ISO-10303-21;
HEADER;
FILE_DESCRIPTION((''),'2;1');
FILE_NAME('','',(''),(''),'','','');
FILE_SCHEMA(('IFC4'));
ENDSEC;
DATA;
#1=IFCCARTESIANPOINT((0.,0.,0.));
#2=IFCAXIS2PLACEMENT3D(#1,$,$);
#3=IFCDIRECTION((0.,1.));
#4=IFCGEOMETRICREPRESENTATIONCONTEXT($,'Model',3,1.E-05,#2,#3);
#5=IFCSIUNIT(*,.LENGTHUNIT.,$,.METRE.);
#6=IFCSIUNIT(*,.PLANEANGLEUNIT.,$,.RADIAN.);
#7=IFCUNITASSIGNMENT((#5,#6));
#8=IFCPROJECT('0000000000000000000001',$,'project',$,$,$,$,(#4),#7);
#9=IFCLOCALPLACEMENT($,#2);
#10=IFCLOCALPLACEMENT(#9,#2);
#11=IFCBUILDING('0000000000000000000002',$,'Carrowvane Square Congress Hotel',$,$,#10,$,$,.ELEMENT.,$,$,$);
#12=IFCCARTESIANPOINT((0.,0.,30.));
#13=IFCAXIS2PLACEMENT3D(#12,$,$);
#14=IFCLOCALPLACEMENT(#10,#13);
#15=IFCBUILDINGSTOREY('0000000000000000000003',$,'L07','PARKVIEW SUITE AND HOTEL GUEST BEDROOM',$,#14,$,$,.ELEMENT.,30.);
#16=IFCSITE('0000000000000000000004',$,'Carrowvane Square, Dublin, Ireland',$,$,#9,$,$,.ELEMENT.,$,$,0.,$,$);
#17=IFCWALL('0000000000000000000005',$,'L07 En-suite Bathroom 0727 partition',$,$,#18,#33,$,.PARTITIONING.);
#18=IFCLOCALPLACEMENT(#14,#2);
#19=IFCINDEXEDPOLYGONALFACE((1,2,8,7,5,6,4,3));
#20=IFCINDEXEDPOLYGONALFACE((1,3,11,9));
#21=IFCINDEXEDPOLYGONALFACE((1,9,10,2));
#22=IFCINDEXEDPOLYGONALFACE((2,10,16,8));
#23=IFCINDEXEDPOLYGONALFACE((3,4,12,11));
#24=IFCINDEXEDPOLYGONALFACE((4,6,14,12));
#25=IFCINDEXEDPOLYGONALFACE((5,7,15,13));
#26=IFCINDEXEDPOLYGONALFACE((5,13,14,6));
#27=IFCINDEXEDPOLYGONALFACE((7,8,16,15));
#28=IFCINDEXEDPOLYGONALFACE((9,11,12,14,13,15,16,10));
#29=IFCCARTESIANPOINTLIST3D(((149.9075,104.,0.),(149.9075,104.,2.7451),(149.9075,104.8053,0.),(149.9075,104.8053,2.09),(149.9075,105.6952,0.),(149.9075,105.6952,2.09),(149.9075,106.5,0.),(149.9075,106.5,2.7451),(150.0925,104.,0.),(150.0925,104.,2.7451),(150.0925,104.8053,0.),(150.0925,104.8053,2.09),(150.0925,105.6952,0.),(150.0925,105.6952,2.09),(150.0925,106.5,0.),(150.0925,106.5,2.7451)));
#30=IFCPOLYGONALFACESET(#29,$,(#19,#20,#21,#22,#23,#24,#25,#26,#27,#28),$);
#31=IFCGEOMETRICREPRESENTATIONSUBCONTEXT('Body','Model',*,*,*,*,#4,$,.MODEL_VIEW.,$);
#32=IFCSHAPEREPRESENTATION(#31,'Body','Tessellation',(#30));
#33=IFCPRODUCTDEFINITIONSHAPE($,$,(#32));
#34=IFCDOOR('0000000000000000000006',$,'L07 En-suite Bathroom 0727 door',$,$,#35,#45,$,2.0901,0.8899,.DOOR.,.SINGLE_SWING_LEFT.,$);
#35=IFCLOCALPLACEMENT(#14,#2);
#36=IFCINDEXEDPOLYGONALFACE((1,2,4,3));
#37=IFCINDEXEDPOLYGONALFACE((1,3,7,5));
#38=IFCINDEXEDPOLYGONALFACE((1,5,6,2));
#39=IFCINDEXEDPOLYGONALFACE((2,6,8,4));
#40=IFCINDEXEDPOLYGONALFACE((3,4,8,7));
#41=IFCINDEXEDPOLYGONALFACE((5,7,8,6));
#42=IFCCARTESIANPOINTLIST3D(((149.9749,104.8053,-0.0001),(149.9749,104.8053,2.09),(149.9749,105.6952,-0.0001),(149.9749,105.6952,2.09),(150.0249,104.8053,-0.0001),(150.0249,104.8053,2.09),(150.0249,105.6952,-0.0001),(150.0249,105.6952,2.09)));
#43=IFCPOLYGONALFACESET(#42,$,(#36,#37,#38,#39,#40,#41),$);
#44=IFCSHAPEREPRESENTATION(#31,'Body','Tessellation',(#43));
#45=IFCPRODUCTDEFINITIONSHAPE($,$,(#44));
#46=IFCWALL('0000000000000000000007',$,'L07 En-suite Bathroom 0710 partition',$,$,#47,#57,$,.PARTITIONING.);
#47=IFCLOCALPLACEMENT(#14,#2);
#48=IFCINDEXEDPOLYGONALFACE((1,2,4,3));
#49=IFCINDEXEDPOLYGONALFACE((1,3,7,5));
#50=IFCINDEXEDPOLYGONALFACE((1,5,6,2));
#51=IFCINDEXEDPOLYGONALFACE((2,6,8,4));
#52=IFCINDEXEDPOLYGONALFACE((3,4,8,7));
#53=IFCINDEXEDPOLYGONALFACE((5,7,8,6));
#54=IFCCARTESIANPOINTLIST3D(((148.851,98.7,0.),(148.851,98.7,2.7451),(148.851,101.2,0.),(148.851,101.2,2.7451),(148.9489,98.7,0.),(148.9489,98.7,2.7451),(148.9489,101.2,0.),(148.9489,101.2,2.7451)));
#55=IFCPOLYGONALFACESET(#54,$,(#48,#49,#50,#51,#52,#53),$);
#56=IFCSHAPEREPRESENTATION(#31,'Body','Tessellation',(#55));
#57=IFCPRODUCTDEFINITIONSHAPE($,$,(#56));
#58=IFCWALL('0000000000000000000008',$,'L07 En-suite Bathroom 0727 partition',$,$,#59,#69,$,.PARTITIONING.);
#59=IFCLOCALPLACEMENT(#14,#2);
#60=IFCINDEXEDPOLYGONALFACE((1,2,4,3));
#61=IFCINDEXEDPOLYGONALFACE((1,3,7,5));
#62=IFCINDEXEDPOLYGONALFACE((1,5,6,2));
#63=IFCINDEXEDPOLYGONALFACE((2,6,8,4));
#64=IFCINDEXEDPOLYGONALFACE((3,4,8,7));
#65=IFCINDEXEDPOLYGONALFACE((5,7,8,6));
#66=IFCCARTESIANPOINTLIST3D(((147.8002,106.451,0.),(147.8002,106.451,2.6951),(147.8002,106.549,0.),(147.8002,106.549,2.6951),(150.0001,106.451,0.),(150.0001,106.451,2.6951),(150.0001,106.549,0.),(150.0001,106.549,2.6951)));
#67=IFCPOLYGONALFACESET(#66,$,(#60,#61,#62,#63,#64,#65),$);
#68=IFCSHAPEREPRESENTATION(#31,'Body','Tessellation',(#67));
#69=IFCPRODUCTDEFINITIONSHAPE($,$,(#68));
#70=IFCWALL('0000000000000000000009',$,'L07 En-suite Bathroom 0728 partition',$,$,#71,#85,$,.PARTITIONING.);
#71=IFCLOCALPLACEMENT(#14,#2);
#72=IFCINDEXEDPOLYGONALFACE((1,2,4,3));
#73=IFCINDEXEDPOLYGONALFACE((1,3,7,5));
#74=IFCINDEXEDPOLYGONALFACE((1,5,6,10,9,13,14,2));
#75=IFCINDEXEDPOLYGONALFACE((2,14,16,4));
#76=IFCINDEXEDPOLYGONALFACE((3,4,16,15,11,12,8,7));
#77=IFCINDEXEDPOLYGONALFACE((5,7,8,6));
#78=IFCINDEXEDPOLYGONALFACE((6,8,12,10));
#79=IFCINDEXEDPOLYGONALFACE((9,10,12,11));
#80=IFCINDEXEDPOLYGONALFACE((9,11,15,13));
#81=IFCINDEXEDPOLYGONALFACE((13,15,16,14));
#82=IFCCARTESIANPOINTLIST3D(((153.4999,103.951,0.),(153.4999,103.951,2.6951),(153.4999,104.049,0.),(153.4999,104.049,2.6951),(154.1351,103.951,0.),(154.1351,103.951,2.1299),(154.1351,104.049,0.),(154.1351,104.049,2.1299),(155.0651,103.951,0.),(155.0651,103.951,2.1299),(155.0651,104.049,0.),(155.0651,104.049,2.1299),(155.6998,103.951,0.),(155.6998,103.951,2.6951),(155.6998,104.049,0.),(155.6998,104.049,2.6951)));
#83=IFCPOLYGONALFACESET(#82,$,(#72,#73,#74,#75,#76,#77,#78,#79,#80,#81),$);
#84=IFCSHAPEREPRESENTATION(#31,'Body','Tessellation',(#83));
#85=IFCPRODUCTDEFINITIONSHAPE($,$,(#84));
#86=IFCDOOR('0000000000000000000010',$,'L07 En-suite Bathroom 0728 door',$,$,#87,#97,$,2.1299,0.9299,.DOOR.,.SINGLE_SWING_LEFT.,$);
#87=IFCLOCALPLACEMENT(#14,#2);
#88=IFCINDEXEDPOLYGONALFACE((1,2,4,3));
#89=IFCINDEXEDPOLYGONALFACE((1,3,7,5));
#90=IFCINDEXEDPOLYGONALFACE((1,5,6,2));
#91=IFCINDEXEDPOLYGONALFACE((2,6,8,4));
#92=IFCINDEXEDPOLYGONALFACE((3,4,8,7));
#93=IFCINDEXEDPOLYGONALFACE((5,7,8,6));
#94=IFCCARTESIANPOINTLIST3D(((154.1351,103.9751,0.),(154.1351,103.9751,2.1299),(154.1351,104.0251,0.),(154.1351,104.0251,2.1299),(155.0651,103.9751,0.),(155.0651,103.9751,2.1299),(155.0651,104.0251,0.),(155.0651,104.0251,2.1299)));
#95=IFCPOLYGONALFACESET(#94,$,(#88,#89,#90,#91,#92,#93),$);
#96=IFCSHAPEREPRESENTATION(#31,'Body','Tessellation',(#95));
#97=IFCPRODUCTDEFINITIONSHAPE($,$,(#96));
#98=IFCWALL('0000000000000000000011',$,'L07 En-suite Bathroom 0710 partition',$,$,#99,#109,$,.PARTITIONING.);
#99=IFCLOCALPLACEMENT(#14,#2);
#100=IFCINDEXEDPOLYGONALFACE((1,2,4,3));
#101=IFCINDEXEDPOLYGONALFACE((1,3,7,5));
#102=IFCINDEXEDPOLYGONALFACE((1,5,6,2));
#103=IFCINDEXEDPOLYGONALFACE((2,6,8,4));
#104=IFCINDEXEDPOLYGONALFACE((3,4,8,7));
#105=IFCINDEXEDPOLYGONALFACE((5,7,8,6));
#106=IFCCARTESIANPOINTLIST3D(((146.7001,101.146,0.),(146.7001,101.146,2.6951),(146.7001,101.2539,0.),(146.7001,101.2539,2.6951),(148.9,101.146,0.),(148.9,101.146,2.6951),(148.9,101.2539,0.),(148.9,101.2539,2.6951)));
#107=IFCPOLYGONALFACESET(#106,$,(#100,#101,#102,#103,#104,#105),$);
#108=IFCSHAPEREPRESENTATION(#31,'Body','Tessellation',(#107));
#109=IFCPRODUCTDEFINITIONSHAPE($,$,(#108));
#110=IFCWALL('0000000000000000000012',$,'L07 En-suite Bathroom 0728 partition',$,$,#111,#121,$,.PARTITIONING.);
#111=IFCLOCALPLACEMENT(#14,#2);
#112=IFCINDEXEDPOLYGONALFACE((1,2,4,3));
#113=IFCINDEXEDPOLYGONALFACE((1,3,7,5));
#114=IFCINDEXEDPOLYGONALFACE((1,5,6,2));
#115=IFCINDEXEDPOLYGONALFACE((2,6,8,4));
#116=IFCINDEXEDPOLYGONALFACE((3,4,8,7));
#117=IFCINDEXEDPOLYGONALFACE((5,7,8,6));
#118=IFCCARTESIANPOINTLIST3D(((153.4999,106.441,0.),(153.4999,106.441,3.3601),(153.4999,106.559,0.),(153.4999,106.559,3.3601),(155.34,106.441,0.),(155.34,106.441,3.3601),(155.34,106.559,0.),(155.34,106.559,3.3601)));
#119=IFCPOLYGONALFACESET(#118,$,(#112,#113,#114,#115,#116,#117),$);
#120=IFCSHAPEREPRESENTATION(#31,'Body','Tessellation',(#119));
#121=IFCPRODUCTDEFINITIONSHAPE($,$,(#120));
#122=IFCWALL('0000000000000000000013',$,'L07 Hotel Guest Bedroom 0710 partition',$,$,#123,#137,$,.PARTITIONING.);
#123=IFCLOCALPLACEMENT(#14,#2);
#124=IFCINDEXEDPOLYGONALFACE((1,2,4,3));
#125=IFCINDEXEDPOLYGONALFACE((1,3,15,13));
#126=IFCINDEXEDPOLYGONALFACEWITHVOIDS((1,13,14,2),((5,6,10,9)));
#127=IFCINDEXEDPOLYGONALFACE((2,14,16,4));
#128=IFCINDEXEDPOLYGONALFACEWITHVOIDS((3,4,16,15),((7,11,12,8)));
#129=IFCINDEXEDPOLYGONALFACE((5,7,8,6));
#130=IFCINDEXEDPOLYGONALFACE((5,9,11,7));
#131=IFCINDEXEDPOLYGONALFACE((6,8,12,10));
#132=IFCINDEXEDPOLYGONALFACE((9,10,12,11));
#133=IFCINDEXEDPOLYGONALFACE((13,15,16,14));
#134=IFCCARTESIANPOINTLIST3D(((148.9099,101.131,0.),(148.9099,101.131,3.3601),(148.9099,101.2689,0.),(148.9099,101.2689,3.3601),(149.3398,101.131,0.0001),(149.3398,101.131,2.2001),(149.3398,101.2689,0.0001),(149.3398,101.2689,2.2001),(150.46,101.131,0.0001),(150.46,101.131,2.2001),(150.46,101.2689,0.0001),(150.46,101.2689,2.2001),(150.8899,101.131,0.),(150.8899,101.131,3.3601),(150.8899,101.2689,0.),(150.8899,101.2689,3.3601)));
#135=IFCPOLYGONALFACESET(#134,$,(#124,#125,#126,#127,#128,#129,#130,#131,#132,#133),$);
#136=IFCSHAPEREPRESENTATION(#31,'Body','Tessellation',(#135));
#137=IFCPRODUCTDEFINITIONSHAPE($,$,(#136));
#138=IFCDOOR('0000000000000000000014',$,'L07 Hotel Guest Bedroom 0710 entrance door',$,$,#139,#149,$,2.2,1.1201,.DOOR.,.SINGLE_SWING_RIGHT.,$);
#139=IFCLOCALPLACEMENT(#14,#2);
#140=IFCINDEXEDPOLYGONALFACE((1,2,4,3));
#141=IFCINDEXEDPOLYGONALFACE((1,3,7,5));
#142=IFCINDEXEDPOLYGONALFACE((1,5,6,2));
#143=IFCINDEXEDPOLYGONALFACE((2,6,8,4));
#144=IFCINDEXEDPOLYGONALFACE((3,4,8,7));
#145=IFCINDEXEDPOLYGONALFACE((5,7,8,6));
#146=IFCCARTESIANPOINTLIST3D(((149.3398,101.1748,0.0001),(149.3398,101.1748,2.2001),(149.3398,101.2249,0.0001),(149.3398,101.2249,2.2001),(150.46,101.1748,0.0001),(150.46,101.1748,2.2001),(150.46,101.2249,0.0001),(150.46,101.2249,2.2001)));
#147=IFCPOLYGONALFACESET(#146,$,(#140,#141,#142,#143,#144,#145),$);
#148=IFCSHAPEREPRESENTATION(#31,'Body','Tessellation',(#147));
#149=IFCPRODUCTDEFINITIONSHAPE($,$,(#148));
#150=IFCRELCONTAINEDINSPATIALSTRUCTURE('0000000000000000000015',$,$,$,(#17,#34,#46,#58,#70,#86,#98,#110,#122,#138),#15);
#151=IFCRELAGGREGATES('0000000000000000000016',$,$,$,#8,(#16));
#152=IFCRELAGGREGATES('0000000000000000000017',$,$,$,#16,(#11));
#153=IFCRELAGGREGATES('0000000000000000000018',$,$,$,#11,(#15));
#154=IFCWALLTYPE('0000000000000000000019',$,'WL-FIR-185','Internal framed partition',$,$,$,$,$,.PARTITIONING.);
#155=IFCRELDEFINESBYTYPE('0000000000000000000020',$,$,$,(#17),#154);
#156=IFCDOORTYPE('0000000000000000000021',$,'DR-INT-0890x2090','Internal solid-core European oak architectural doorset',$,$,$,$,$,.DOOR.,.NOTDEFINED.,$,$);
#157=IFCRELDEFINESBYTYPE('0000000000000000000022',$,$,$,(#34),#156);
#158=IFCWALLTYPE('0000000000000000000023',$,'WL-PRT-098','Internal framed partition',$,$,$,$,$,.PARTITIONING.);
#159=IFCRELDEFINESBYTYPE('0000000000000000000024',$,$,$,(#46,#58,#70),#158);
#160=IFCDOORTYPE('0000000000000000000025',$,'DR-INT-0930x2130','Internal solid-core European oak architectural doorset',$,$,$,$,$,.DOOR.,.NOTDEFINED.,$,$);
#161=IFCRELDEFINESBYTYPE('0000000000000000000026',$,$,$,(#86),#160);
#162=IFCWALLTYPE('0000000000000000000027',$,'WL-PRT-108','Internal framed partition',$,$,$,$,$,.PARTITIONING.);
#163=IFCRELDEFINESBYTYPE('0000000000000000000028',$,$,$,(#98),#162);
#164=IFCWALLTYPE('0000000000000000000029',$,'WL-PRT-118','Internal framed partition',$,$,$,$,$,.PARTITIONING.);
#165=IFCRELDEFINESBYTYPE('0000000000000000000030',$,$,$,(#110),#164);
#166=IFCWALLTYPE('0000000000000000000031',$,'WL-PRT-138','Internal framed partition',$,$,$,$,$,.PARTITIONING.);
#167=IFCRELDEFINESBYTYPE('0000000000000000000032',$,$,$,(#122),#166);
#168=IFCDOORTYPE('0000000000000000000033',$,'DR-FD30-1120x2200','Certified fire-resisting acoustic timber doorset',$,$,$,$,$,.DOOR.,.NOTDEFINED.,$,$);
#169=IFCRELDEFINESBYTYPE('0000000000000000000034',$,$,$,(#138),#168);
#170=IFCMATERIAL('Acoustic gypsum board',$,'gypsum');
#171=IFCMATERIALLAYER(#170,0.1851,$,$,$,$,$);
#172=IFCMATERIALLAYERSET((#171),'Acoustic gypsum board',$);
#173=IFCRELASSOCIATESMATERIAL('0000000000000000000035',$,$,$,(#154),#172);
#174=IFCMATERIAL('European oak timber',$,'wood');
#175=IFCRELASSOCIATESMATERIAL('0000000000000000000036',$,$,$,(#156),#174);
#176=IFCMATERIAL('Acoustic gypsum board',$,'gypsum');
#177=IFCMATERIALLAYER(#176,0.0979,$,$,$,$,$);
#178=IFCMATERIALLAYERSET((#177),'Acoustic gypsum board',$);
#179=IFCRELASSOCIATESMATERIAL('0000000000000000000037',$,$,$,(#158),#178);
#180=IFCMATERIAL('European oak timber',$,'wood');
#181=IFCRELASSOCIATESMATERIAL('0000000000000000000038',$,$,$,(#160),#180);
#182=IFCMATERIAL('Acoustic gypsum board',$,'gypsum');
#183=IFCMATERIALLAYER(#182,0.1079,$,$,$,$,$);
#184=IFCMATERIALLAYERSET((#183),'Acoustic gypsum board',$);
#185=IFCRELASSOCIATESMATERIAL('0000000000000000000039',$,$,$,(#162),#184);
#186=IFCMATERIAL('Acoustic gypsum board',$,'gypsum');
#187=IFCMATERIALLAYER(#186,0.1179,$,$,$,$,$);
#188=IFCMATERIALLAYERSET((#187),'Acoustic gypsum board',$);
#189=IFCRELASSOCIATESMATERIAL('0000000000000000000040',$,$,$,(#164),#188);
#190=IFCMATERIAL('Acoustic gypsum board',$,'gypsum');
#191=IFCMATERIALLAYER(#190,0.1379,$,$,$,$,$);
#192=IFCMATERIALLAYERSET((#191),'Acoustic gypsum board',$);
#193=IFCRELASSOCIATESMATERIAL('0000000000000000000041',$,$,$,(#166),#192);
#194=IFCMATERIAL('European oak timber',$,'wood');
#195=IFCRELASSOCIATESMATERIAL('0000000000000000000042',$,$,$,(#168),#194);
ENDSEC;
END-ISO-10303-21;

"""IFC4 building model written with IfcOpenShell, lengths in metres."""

from ifc_helpers import new_model, si_unit, direction, frame, frame_2d, origin, place, context, subcontext, project, spatial, rectangle, extrude, material, layer, layer_set, type_object, element, fill, save


model = new_model("IFC4")

# Units and contexts
model_context = context("Model", 3, precision=1e-05, world=origin(), true_north=direction((0.0, 1.0)))
body_context = subcontext(model_context, "Body", "Model", "MODEL_VIEW")
ifc_project = project(units=[si_unit("LENGTHUNIT", "METRE"), si_unit("PLANEANGLEUNIT", "RADIAN")], contexts=[model_context])

# Site, building, storey
site_placement = place(None, origin())
site = spatial("IfcSite", under=ifc_project, at=site_placement, Name="Carrowvane Square, Dublin, Ireland", CompositionType="ELEMENT", RefElevation=0.0)
building_placement = place(site_placement, origin())
building = spatial("IfcBuilding", under=site, at=building_placement, Name="Carrowvane Square Congress Hotel", CompositionType="ELEMENT")
storey_placement = place(building_placement, frame((0.0, 0.0, 30.0)))
storey = spatial("IfcBuildingStorey", under=building, at=storey_placement, Name="L07", Description="PARKVIEW SUITE AND HOTEL GUEST BEDROOM", CompositionType="ELEMENT", Elevation=30.0)

# Wall, opening, door
ifc_material_1 = material(Name="Acoustic gypsum board", Category="gypsum")
ifc_layer_1 = layer(ifc_material_1, 0.1851)
ifc_layer_set_1 = layer_set([ifc_layer_1], Name="Acoustic gypsum board")
wall_type_1 = type_object("IfcWallType", Name="WL-FIR-185", Description="Internal framed partition", PredefinedType="PARTITIONING", material=ifc_layer_set_1)
wall_1_placement = place(storey_placement, frame((150.0, 106.5, 0.0), z_axis=(0.0, 0.0, 1.0), x_axis=(0.0, -1.0, 0.0)))
wall_1 = element("IfcWall", 1, at=wall_1_placement, inside=storey, type_object=wall_type_1, Name="L07 En-suite Bathroom 0727 partition", PredefinedType="PARTITIONING", context=body_context, shape_type="SweptSolid", body=[
    extrude(rectangle(XDim=2.5, YDim=0.1851, at=frame_2d((1.25, 0.0))), origin(), (0.0, 0.0, 1.0), 2.7451),
])
opening_1_placement = place(wall_1_placement, frame((0.8049, 0.0, 0.0)))
opening_1 = element("IfcOpeningElement", 2, at=opening_1_placement, cuts=wall_1, PredefinedType="OPENING", context=body_context, shape_type="SweptSolid", body=[
    extrude(rectangle(XDim=0.8899, YDim=2.0901, at=frame_2d((0.4448, 1.0449))), frame((0.0, 0.1025, 0.0), z_axis=(0.0, -1.0, 0.0), x_axis=(1.0, 0.0, 0.0)), (0.0, 0.0, 1.0), 0.2051),
])
ifc_material_2 = material(Name="European oak timber", Category="wood")
door_type_1 = type_object("IfcDoorType", Name="DR-INT-0890x2090", Description="Internal solid-core European oak architectural doorset", OperationType="NOTDEFINED", PredefinedType="DOOR", material=ifc_material_2)
door_1_placement = place(opening_1_placement, origin())
door_1 = element("IfcDoor", 3, at=door_1_placement, inside=storey, type_object=door_type_1, Name="L07 En-suite Bathroom 0727 door", OperationType="SINGLE_SWING_LEFT", OverallHeight=2.0901, OverallWidth=0.8899, PredefinedType="DOOR", context=body_context, shape_type="SweptSolid", body=[
    extrude(rectangle(XDim=0.8899, YDim=2.0901, at=frame_2d((0.4448, 1.0449))), frame((0.0, 0.0249, 0.0), z_axis=(0.0, -1.0, 0.0), x_axis=(1.0, 0.0, 0.0)), (0.0, 0.0, 1.0), 0.05),
])
fill(opening_1, door_1)

# Walls
ifc_material_3 = material(Name="Acoustic gypsum board", Category="gypsum")
ifc_layer_2 = layer(ifc_material_3, 0.0979)
ifc_layer_set_2 = layer_set([ifc_layer_2], Name="Acoustic gypsum board")
wall_type_2 = type_object("IfcWallType", Name="WL-PRT-098", Description="Internal framed partition", PredefinedType="PARTITIONING", material=ifc_layer_set_2)
wall_2_placement = place(storey_placement, frame((148.8999, 101.2, 0.0), z_axis=(0.0, 0.0, 1.0), x_axis=(0.0, -1.0, 0.0)))
element("IfcWall", 4, at=wall_2_placement, inside=storey, type_object=wall_type_2, Name="L07 En-suite Bathroom 0710 partition", PredefinedType="PARTITIONING", context=body_context, shape_type="SweptSolid", body=[
    extrude(rectangle(XDim=2.5, YDim=0.0979, at=frame_2d((1.25, 0.0))), origin(), (0.0, 0.0, 1.0), 2.7451),
])
wall_3_placement = place(storey_placement, frame((147.8, 106.5, 0.0), z_axis=(0.0, 0.0, 1.0), x_axis=(1.0, 0.0, 0.0)))
element("IfcWall", 5, at=wall_3_placement, inside=storey, type_object=wall_type_2, Name="L07 En-suite Bathroom 0727 partition", PredefinedType="PARTITIONING", context=body_context, shape_type="SweptSolid", body=[
    extrude(rectangle(XDim=2.2, YDim=0.0979, at=frame_2d((1.1001, 0.0))), origin(), (0.0, 0.0, 1.0), 2.6951),
])

# Wall, opening, door
wall_4_placement = place(storey_placement, frame((155.7, 104.0, 0.0), z_axis=(0.0, 0.0, 1.0), x_axis=(-1.0, 0.0, 0.0)))
wall_4 = element("IfcWall", 6, at=wall_4_placement, inside=storey, type_object=wall_type_2, Name="L07 En-suite Bathroom 0728 partition", PredefinedType="PARTITIONING", context=body_context, shape_type="SweptSolid", body=[
    extrude(rectangle(XDim=2.2, YDim=0.0979, at=frame_2d((1.1001, 0.0))), origin(), (0.0, 0.0, 1.0), 2.6951),
])
opening_2_placement = place(wall_4_placement, frame((0.635, 0.0, 0.0)))
opening_2 = element("IfcOpeningElement", 7, at=opening_2_placement, cuts=wall_4, PredefinedType="OPENING", context=body_context, shape_type="SweptSolid", body=[
    extrude(rectangle(XDim=0.9299, YDim=2.1299, at=frame_2d((0.4648, 1.0649))), frame((0.0, 0.0588, 0.0), z_axis=(0.0, -1.0, 0.0), x_axis=(1.0, 0.0, 0.0)), (0.0, 0.0, 1.0), 0.1179),
])
ifc_material_4 = material(Name="European oak timber", Category="wood")
door_type_2 = type_object("IfcDoorType", Name="DR-INT-0930x2130", Description="Internal solid-core European oak architectural doorset", OperationType="NOTDEFINED", PredefinedType="DOOR", material=ifc_material_4)
door_2_placement = place(opening_2_placement, origin())
door_2 = element("IfcDoor", 8, at=door_2_placement, inside=storey, type_object=door_type_2, Name="L07 En-suite Bathroom 0728 door", OperationType="SINGLE_SWING_LEFT", OverallHeight=2.1299, OverallWidth=0.9299, PredefinedType="DOOR", context=body_context, shape_type="SweptSolid", body=[
    extrude(rectangle(XDim=0.9299, YDim=2.1299, at=frame_2d((0.4648, 1.0649))), frame((0.0, 0.0249, 0.0), z_axis=(0.0, -1.0, 0.0), x_axis=(1.0, 0.0, 0.0)), (0.0, 0.0, 1.0), 0.05),
])
fill(opening_2, door_2)

# Walls
ifc_material_5 = material(Name="Acoustic gypsum board", Category="gypsum")
ifc_layer_3 = layer(ifc_material_5, 0.1079)
ifc_layer_set_3 = layer_set([ifc_layer_3], Name="Acoustic gypsum board")
wall_type_3 = type_object("IfcWallType", Name="WL-PRT-108", Description="Internal framed partition", PredefinedType="PARTITIONING", material=ifc_layer_set_3)
wall_5_placement = place(storey_placement, frame((146.7, 101.2, 0.0), z_axis=(0.0, 0.0, 1.0), x_axis=(1.0, 0.0, 0.0)))
element("IfcWall", 9, at=wall_5_placement, inside=storey, type_object=wall_type_3, Name="L07 En-suite Bathroom 0710 partition", PredefinedType="PARTITIONING", context=body_context, shape_type="SweptSolid", body=[
    extrude(rectangle(XDim=2.2, YDim=0.1079, at=frame_2d((1.1001, 0.0))), origin(), (0.0, 0.0, 1.0), 2.6951),
])
ifc_material_6 = material(Name="Acoustic gypsum board", Category="gypsum")
ifc_layer_4 = layer(ifc_material_6, 0.1179)
ifc_layer_set_4 = layer_set([ifc_layer_4], Name="Acoustic gypsum board")
wall_type_4 = type_object("IfcWallType", Name="WL-PRT-118", Description="Internal framed partition", PredefinedType="PARTITIONING", material=ifc_layer_set_4)
wall_6_placement = place(storey_placement, frame((153.5, 106.5, 0.0), z_axis=(0.0, 0.0, 1.0), x_axis=(1.0, 0.0, 0.0)))
element("IfcWall", 10, at=wall_6_placement, inside=storey, type_object=wall_type_4, Name="L07 En-suite Bathroom 0728 partition", PredefinedType="PARTITIONING", context=body_context, shape_type="SweptSolid", body=[
    extrude(rectangle(XDim=1.8401, YDim=0.1179, at=frame_2d((0.9199, 0.0))), origin(), (0.0, 0.0, 1.0), 3.3601),
])

# Wall, opening, door
ifc_material_7 = material(Name="Acoustic gypsum board", Category="gypsum")
ifc_layer_5 = layer(ifc_material_7, 0.1379)
ifc_layer_set_5 = layer_set([ifc_layer_5], Name="Acoustic gypsum board")
wall_type_5 = type_object("IfcWallType", Name="WL-PRT-138", Description="Internal framed partition", PredefinedType="PARTITIONING", material=ifc_layer_set_5)
wall_7_placement = place(storey_placement, frame((148.9099, 101.2, 0.0), z_axis=(0.0, 0.0, 1.0), x_axis=(1.0, 0.0, 0.0)))
wall_7 = element("IfcWall", 11, at=wall_7_placement, inside=storey, type_object=wall_type_5, Name="L07 Hotel Guest Bedroom 0710 partition", PredefinedType="PARTITIONING", context=body_context, shape_type="SweptSolid", body=[
    extrude(rectangle(XDim=1.98, YDim=0.1379, at=frame_2d((0.99, 0.0))), origin(), (0.0, 0.0, 1.0), 3.3601),
])
opening_3_placement = place(wall_7_placement, frame((0.4299, 0.0, 0.0)))
opening_3 = element("IfcOpeningElement", 12, at=opening_3_placement, cuts=wall_7, PredefinedType="OPENING", context=body_context, shape_type="SweptSolid", body=[
    extrude(rectangle(XDim=1.1201, YDim=2.2, at=frame_2d((0.5601, 1.1001))), frame((0.0, 0.0789, 0.0), z_axis=(0.0, -1.0, 0.0), x_axis=(1.0, 0.0, 0.0)), (0.0, 0.0, 1.0), 0.158),
])
ifc_material_8 = material(Name="European oak timber", Category="wood")
door_type_3 = type_object("IfcDoorType", Name="DR-FD30-1120x2200", Description="Certified fire-resisting acoustic timber doorset", OperationType="NOTDEFINED", PredefinedType="DOOR", material=ifc_material_8)
door_3_placement = place(opening_3_placement, origin())
door_3 = element("IfcDoor", 13, at=door_3_placement, inside=storey, type_object=door_type_3, Name="L07 Hotel Guest Bedroom 0710 entrance door", OperationType="SINGLE_SWING_RIGHT", OverallHeight=2.2, OverallWidth=1.1201, PredefinedType="DOOR", context=body_context, shape_type="SweptSolid", body=[
    extrude(rectangle(XDim=1.1201, YDim=2.2, at=frame_2d((0.5601, 1.1001))), frame((0.0, 0.0249, 0.0), z_axis=(0.0, -1.0, 0.0), x_axis=(1.0, 0.0, 0.0)), (0.0, 0.0, 1.0), 0.05),
])
fill(opening_3, door_3)

save(model, "model.ifc")
